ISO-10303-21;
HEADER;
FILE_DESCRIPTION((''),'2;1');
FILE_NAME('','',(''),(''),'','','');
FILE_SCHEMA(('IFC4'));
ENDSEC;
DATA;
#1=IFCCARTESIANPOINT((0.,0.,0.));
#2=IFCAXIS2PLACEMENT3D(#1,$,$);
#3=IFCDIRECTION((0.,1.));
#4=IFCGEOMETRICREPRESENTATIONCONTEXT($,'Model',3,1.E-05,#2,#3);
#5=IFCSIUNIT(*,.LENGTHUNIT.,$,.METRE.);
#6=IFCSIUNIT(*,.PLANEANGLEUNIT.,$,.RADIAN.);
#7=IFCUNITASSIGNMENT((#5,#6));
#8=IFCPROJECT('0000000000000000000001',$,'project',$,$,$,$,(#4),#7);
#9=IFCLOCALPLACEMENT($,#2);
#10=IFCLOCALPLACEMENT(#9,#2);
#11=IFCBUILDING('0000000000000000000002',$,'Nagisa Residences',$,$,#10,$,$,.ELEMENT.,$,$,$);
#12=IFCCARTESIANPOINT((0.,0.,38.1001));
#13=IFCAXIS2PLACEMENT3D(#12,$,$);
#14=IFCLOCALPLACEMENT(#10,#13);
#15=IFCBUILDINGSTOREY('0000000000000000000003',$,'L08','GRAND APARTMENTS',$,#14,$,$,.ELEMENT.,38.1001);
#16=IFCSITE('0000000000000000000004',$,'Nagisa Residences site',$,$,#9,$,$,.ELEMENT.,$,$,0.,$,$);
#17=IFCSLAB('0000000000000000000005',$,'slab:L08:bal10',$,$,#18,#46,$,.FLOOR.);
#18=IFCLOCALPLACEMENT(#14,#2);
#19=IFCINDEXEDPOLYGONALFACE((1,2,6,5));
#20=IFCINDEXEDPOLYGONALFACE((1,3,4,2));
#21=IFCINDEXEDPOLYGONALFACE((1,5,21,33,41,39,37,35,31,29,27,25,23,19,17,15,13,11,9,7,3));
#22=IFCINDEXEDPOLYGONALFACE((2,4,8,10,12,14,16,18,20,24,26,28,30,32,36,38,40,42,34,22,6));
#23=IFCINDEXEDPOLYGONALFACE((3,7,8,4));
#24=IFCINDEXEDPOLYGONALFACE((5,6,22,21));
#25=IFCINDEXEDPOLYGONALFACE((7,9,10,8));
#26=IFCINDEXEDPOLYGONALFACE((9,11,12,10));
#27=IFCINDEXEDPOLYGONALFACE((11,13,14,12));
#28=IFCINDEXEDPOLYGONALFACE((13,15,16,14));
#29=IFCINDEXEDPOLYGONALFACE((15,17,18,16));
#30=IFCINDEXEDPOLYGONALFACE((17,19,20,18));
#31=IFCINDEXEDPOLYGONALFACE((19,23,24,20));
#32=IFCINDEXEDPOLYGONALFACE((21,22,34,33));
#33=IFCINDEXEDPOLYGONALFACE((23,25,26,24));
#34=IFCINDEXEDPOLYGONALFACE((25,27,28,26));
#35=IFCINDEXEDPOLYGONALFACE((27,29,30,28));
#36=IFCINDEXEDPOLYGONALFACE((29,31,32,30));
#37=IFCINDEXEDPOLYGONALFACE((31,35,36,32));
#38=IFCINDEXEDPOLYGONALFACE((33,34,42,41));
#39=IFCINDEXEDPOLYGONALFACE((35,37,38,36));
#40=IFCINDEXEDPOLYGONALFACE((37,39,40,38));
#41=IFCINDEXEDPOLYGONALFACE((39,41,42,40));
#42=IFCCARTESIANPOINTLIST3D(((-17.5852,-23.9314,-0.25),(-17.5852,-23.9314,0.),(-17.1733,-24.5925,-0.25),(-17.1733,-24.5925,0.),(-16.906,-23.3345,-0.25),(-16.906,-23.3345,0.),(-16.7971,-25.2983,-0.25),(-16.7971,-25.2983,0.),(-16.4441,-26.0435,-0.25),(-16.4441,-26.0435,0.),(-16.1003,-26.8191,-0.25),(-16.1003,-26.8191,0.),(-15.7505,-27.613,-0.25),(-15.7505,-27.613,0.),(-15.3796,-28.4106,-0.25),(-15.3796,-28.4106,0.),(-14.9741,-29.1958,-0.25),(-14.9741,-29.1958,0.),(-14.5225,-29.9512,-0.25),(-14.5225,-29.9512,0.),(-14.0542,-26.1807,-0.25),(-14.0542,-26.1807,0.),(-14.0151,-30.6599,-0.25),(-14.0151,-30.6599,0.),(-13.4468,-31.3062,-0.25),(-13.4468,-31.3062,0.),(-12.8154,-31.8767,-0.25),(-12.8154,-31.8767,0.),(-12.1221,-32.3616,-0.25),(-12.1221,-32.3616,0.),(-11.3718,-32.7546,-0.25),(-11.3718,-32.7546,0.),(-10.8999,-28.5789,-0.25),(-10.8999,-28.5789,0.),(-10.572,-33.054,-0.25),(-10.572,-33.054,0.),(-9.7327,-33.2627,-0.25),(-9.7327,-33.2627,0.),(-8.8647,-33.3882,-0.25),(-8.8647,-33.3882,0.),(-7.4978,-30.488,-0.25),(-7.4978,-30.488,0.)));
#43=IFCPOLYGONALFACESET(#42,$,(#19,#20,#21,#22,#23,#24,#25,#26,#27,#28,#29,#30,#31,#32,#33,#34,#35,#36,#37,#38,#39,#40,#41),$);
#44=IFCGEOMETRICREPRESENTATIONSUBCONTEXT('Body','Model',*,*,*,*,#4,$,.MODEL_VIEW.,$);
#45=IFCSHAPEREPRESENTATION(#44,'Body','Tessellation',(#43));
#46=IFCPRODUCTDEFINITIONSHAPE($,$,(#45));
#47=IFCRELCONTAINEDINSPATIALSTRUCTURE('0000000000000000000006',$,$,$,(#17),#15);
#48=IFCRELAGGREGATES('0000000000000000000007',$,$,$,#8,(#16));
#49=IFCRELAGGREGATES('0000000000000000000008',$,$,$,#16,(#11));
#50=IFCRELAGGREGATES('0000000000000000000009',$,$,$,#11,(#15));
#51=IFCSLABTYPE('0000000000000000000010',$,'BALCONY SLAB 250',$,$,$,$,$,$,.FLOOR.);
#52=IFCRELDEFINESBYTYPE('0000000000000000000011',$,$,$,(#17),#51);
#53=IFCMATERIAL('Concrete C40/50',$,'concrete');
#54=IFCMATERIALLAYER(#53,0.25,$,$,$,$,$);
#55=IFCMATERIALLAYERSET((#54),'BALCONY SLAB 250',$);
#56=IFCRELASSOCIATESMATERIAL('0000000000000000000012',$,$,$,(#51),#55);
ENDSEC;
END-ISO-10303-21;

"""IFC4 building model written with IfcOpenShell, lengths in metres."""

from ifc_helpers import new_model, si_unit, direction, frame, origin, place, context, subcontext, project, spatial, polyline, outline, extrude, material, layer, layer_set, type_object, element, save


model = new_model("IFC4")

# Units and contexts
model_context = context("Model", 3, precision=1e-05, world=origin(), true_north=direction((0.0, 1.0)))
body_context = subcontext(model_context, "Body", "Model", "MODEL_VIEW")
ifc_project = project(units=[si_unit("LENGTHUNIT", "METRE"), si_unit("PLANEANGLEUNIT", "RADIAN")], contexts=[model_context])

# Site, building, storey
site_placement = place(None, origin())
site = spatial("IfcSite", under=ifc_project, at=site_placement, Name="Nagisa Residences site", CompositionType="ELEMENT", RefElevation=0.0)
building_placement = place(site_placement, origin())
building = spatial("IfcBuilding", under=site, at=building_placement, Name="Nagisa Residences", CompositionType="ELEMENT")
storey_placement = place(building_placement, frame((0.0, 0.0, 38.1001)))
storey = spatial("IfcBuildingStorey", under=building, at=storey_placement, Name="L08", Description="GRAND APARTMENTS", CompositionType="ELEMENT", Elevation=38.1001)

# Slab
ifc_material_1 = material(Name="Concrete C40/50", Category="concrete")
ifc_layer_1 = layer(ifc_material_1, 0.25)
ifc_layer_set_1 = layer_set([ifc_layer_1], Name="BALCONY SLAB 250")
slab_type_1 = type_object("IfcSlabType", Name="BALCONY SLAB 250", PredefinedType="FLOOR", material=ifc_layer_set_1)
slab_1_placement = place(storey_placement, frame((0.0, 0.0, -0.25)))
element("IfcSlab", 1, at=slab_1_placement, inside=storey, type_object=slab_type_1, Name="slab:L08:bal10", PredefinedType="FLOOR", context=body_context, shape_type="SweptSolid", body=[
    extrude(outline(polyline([(-17.5852, -23.9314), (-17.1733, -24.5925), (-16.7971, -25.2983), (-16.4441, -26.0435), (-16.1003, -26.8191), (-15.7505, -27.613), (-15.3796, -28.4106), (-14.9741, -29.1958), (-14.5225, -29.9512), (-14.0151, -30.6599), (-13.4468, -31.3062), (-12.8154, -31.8767), (-12.1221, -32.3616), (-11.3718, -32.7546), (-10.572, -33.054), (-9.7327, -33.2627), (-8.8647, -33.3882), (-7.4978, -30.488), (-10.8999, -28.5789), (-14.0542, -26.1807), (-16.906, -23.3345), (-17.5852, -23.9314)])), origin(), (0.0, 0.0, 1.0), 0.25),
])

save(model, "model.ifc")
